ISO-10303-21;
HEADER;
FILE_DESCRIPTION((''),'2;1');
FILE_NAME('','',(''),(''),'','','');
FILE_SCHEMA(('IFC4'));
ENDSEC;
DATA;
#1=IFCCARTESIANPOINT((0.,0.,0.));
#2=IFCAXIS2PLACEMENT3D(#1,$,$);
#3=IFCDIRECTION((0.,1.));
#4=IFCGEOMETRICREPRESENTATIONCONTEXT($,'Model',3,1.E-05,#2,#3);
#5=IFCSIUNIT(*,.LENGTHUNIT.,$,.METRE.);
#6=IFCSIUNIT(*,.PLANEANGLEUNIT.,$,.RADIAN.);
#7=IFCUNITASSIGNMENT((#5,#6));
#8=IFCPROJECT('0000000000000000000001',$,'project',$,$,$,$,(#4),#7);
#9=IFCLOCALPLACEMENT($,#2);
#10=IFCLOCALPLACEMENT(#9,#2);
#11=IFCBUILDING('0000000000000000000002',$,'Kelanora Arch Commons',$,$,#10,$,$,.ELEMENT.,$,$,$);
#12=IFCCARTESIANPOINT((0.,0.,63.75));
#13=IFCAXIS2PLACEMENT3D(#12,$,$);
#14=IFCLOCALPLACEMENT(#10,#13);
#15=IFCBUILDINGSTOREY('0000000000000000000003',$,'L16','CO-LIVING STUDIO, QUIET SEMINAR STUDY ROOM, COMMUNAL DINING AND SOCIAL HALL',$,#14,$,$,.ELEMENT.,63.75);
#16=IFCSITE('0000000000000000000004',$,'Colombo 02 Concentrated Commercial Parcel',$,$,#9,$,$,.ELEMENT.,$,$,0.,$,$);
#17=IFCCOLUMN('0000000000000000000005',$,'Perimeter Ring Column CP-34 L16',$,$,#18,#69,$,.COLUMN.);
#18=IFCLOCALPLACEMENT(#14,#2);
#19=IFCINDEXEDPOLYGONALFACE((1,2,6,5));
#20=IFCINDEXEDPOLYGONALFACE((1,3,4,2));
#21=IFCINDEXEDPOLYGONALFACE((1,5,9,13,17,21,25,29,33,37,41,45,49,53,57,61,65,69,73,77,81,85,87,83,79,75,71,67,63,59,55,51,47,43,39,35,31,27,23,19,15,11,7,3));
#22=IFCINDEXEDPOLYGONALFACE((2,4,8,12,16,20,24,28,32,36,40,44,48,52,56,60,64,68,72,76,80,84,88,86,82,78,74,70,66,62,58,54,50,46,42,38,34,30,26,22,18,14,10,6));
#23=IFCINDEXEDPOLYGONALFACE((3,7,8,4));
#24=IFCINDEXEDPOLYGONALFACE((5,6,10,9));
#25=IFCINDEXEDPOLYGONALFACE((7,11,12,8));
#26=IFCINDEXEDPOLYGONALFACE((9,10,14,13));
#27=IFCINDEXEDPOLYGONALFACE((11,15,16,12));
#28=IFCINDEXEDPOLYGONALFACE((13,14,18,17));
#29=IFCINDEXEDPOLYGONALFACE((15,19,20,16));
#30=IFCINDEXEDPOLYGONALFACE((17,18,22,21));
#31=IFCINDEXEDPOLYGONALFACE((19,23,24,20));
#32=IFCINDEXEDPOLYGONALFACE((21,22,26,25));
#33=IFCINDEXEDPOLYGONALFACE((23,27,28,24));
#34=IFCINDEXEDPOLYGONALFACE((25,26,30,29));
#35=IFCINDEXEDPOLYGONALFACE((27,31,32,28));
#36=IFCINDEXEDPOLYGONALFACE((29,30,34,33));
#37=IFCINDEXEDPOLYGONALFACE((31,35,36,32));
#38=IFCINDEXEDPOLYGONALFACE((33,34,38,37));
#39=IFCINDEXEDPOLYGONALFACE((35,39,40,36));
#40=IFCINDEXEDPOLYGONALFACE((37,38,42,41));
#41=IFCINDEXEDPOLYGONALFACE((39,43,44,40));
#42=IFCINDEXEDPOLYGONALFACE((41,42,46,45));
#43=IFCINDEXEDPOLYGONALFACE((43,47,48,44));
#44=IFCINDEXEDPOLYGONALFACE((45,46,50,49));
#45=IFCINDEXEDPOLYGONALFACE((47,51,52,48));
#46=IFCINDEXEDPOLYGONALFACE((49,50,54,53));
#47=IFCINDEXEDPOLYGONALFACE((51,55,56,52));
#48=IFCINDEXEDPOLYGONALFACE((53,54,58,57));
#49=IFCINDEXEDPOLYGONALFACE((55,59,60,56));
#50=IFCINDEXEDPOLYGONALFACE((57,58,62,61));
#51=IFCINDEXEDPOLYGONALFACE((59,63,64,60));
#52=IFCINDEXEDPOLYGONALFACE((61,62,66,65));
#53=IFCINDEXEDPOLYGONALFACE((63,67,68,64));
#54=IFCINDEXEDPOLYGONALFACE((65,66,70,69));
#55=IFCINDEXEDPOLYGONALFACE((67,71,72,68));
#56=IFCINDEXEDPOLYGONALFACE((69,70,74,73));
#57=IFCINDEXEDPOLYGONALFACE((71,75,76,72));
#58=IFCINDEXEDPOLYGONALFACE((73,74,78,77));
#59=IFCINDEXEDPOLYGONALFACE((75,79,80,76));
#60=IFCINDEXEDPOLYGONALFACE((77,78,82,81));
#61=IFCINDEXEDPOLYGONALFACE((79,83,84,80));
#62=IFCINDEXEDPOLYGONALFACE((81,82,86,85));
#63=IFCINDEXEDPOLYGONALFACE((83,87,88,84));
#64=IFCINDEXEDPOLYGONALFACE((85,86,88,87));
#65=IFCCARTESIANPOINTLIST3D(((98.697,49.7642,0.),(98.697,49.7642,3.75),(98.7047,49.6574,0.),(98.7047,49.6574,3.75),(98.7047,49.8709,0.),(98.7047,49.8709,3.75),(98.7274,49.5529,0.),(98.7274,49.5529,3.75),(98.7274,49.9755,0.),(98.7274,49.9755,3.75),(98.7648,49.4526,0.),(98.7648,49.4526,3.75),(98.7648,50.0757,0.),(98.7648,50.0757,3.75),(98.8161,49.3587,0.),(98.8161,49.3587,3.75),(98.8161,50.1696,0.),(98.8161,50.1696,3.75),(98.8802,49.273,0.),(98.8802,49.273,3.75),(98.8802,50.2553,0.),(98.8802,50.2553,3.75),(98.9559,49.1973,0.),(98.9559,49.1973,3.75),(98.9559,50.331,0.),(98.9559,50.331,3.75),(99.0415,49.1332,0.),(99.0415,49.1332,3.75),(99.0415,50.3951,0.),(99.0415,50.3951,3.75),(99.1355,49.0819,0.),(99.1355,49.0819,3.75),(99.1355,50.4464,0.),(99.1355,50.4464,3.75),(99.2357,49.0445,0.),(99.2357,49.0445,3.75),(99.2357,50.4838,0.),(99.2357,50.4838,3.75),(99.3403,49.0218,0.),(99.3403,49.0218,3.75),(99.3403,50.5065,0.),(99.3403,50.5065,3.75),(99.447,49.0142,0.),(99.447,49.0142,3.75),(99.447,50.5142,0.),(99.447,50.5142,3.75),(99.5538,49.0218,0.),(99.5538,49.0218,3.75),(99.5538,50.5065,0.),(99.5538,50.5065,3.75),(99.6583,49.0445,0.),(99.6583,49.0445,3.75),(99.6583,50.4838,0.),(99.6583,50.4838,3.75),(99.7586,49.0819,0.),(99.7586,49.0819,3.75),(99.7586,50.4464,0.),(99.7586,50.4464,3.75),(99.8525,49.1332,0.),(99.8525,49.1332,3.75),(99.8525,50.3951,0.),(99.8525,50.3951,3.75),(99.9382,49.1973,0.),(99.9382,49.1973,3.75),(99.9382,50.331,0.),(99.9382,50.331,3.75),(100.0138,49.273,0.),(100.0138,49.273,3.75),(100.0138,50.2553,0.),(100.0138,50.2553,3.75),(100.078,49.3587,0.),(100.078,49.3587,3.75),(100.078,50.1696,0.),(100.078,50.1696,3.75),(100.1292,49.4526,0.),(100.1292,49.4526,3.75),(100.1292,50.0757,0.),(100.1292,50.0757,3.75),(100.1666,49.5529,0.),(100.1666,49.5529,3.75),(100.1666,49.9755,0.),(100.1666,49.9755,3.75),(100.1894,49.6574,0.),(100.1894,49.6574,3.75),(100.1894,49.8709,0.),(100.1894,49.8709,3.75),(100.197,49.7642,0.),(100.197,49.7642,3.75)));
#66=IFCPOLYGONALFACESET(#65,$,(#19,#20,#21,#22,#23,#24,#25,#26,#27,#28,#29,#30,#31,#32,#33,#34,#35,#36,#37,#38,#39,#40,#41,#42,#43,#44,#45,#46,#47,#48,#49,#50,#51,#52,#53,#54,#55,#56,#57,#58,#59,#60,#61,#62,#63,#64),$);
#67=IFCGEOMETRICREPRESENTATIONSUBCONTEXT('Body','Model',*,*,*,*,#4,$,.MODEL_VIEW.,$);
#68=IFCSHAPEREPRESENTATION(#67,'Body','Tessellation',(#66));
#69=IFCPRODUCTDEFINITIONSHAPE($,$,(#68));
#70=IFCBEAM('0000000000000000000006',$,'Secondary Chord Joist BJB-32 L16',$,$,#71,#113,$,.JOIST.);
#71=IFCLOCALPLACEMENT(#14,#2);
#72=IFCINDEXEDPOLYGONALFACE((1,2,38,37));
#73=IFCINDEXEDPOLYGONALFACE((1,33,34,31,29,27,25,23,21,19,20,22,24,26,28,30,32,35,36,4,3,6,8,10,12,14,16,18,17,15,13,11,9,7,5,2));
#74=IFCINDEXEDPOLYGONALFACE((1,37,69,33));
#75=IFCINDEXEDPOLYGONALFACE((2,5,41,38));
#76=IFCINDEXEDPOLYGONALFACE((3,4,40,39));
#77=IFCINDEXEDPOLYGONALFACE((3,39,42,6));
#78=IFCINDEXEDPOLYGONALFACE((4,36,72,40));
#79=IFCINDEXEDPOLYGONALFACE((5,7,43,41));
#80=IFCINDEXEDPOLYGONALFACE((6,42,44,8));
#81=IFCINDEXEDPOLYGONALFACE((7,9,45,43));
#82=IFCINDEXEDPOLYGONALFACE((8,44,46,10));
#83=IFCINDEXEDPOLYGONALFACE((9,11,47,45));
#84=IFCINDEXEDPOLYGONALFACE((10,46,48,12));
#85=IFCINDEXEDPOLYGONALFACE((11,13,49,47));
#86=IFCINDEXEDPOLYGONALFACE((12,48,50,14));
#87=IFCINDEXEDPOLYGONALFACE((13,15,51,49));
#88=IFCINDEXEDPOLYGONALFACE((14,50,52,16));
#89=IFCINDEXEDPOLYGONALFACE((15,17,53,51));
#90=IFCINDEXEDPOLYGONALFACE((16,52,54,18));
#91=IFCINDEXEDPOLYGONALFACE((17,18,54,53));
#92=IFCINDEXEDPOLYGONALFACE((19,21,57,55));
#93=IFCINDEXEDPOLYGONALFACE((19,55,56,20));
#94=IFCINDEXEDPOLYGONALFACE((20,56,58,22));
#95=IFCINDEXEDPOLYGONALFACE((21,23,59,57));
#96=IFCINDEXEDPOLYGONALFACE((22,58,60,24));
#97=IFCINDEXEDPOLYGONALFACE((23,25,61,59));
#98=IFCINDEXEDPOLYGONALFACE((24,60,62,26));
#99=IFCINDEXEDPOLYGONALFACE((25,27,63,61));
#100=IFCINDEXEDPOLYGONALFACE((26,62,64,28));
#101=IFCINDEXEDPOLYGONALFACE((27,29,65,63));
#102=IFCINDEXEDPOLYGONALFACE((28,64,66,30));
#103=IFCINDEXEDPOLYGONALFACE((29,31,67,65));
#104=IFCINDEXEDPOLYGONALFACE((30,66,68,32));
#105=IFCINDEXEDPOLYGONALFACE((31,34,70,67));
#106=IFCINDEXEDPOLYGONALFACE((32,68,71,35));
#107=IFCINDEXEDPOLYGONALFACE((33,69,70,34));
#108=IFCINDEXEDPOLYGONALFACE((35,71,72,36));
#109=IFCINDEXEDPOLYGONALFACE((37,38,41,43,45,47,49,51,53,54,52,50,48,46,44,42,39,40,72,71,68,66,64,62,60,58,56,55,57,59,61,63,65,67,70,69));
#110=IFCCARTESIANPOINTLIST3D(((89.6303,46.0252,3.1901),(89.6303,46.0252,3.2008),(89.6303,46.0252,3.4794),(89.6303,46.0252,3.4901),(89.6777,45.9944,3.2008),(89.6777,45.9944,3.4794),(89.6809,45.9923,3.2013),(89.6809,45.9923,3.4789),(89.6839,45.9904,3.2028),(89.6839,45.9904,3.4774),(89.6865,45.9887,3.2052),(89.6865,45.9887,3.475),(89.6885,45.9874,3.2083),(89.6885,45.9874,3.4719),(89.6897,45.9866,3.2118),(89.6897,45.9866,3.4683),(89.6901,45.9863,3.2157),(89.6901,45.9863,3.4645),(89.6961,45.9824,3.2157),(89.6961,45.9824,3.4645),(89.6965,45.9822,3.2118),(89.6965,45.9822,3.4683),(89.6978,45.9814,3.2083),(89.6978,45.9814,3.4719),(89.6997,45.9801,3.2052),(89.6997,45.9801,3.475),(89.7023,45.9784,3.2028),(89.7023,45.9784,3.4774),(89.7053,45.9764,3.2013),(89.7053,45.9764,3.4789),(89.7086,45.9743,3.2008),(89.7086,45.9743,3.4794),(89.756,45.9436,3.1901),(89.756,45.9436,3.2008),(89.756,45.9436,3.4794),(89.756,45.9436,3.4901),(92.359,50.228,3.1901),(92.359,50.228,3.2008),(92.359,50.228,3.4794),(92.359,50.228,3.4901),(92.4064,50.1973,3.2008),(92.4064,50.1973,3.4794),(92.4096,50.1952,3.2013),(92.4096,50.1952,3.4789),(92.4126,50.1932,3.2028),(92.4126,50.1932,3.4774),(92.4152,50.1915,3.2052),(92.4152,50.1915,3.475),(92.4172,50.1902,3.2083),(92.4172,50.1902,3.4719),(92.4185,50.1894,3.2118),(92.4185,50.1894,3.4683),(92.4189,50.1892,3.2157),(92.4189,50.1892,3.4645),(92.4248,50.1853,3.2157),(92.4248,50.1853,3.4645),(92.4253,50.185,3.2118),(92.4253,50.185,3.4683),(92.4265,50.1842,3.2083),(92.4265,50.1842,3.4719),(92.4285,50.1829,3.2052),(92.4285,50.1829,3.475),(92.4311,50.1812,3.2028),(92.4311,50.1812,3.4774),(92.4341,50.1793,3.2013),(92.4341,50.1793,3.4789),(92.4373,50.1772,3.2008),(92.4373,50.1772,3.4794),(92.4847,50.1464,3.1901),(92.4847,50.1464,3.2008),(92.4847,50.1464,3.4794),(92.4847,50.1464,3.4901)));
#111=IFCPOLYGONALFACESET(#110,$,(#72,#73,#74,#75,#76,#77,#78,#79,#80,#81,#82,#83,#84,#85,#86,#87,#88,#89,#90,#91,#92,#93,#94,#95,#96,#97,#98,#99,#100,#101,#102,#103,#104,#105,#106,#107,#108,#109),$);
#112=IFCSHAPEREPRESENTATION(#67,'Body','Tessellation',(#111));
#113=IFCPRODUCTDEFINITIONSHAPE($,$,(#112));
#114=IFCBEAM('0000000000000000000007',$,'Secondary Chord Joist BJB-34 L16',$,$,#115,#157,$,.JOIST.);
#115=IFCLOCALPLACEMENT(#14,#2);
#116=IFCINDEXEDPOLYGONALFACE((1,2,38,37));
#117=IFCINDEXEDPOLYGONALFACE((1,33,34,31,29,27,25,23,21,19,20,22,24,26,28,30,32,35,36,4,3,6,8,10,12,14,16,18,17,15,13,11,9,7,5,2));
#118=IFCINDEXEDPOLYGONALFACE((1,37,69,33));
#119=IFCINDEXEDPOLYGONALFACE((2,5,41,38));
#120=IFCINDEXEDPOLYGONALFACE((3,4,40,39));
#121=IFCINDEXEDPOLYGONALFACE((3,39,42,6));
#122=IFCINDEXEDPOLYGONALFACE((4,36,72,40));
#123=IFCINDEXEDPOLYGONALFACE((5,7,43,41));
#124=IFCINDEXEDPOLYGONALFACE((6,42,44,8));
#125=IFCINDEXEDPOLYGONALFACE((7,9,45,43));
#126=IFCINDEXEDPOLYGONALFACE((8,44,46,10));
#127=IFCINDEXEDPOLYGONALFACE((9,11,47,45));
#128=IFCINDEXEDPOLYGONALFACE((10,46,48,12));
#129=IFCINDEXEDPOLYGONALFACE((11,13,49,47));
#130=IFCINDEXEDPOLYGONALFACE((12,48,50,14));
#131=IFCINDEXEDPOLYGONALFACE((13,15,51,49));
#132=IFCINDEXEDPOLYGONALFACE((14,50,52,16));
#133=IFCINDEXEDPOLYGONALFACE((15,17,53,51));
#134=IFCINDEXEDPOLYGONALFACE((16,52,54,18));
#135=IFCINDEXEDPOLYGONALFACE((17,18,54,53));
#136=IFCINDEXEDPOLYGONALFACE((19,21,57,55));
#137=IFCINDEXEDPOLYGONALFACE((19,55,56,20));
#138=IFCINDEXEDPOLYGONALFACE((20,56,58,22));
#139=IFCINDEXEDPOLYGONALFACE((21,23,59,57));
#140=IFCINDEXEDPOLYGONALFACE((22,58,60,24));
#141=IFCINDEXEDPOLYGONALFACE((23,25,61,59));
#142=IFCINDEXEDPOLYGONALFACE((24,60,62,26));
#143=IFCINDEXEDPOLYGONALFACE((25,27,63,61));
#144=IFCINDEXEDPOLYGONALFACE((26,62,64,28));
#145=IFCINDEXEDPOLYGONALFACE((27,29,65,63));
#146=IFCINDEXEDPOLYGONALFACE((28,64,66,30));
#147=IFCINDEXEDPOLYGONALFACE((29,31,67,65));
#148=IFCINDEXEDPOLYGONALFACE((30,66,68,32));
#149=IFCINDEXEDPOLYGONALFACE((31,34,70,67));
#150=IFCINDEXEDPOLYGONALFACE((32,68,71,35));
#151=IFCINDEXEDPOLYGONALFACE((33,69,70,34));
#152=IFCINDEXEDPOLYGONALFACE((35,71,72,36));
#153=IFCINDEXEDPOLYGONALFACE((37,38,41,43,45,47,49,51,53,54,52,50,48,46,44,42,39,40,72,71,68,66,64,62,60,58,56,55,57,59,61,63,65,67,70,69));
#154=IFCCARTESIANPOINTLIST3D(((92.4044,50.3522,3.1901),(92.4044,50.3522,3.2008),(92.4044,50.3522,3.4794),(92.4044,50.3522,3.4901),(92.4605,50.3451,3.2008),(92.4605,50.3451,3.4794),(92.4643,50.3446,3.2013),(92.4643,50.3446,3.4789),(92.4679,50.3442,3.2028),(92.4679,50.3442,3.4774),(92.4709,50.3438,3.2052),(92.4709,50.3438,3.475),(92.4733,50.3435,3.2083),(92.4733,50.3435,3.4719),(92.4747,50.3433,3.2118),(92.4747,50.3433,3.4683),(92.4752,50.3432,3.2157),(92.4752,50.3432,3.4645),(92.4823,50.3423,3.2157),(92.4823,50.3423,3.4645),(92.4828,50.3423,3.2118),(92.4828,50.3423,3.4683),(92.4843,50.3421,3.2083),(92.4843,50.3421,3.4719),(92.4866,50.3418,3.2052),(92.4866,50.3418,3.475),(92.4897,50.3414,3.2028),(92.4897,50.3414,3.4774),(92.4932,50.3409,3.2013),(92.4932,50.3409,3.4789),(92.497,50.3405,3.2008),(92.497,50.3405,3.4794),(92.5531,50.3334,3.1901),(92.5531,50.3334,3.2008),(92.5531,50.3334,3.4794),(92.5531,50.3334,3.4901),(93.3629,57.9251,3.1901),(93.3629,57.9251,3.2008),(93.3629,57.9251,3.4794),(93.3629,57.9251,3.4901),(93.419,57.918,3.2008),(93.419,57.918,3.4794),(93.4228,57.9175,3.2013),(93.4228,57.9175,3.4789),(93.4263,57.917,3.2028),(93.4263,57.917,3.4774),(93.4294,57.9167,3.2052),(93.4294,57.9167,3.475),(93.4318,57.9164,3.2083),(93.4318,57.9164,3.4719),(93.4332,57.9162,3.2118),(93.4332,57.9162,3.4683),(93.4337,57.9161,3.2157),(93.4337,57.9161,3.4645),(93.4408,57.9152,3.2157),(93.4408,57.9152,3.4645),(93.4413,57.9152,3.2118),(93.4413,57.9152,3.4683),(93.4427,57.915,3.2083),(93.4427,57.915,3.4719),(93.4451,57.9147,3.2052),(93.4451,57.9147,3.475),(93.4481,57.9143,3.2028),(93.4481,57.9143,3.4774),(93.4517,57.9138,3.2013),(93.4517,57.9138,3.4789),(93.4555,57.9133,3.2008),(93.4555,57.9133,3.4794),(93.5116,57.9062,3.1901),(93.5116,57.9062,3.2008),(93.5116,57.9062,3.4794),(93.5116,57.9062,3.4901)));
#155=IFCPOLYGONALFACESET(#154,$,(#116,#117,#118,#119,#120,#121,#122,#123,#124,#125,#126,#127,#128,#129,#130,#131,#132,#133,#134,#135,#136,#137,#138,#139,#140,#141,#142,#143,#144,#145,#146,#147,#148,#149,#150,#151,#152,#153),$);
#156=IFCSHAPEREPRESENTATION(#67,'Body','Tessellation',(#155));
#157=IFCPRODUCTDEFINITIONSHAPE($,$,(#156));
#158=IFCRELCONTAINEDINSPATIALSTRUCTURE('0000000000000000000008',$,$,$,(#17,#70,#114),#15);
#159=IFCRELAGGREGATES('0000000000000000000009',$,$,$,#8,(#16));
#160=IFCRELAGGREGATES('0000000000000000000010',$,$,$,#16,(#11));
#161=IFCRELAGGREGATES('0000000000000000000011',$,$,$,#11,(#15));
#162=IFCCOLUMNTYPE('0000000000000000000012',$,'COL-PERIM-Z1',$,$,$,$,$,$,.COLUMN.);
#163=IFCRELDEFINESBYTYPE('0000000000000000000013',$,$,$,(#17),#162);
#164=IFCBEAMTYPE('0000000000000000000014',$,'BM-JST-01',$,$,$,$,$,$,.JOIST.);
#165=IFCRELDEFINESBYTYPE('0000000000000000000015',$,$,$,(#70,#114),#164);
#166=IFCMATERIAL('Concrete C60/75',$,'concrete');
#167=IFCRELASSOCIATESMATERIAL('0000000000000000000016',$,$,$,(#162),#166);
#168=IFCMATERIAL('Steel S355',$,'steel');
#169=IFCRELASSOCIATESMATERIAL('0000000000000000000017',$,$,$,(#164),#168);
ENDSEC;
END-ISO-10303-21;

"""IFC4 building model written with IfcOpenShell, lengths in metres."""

from ifc_helpers import new_model, si_unit, direction, frame, origin, origin_2d, place, context, subcontext, project, spatial, circle, i_section, extrude, material, material_profile, profile_set, type_object, element, save


model = new_model("IFC4")

# Units and contexts
model_context = context("Model", 3, precision=1e-05, world=origin(), true_north=direction((0.0, 1.0)))
body_context = subcontext(model_context, "Body", "Model", "MODEL_VIEW")
ifc_project = project(units=[si_unit("LENGTHUNIT", "METRE"), si_unit("PLANEANGLEUNIT", "RADIAN")], contexts=[model_context])

# Site, building, storey
site_placement = place(None, origin())
site = spatial("IfcSite", under=ifc_project, at=site_placement, Name="Colombo 02 Concentrated Commercial Parcel", CompositionType="ELEMENT", RefElevation=0.0)
building_placement = place(site_placement, origin())
building = spatial("IfcBuilding", under=site, at=building_placement, Name="Kelanora Arch Commons", CompositionType="ELEMENT")
storey_placement = place(building_placement, frame((0.0, 0.0, 63.75)))
storey = spatial("IfcBuildingStorey", under=building, at=storey_placement, Name="L16", Description="CO-LIVING STUDIO, QUIET SEMINAR STUDY ROOM, COMMUNAL DINING AND SOCIAL HALL", CompositionType="ELEMENT", Elevation=63.75)

# Column
ifc_material_1 = material(Name="Concrete C60/75", Category="concrete")
ifc_material_profile_1 = material_profile(ifc_material_1, circle(Radius=0.75, at=origin_2d()), Name="RCC1500")
ifc_profile_set_1 = profile_set([ifc_material_profile_1], Name="Concrete C60/75")
column_type = type_object("IfcColumnType", Name="COL-PERIM-Z1", PredefinedType="COLUMN", material=ifc_profile_set_1)
column_placement = place(storey_placement, frame((99.447, 49.7642, 0.0), z_axis=(0.0, 0.0, 1.0), x_axis=(1.0, 0.0, 0.0)))
element("IfcColumn", 1, at=column_placement, inside=storey, type_object=column_type, Name="Perimeter Ring Column CP-34 L16", PredefinedType="COLUMN", context=body_context, shape_type="SweptSolid", body=[
    extrude(circle(Radius=0.75, at=origin_2d()), origin(), (0.0, 0.0, 1.0), 3.75),
])

# Beams
ifc_material_2 = material(Name="Steel S355", Category="steel")
ifc_material_profile_2 = material_profile(ifc_material_2, i_section(OverallWidth=0.1499, OverallDepth=0.3, WebThickness=0.0071, FlangeThickness=0.0107, FilletRadius=0.0149, at=origin_2d()), Name="IPE300")
ifc_profile_set_2 = profile_set([ifc_material_profile_2], Name="Steel S355")
beam_type_1 = type_object("IfcBeamType", Name="BM-JST-01", PredefinedType="JOIST", material=ifc_profile_set_2)
beam_1_placement = place(storey_placement, frame((89.6931, 45.9844, 3.3401), z_axis=(0.544552, 0.838727, 0.0), x_axis=(-0.838727, 0.544552, 0.0)))
element("IfcBeam", 2, at=beam_1_placement, inside=storey, type_object=beam_type_1, Name="Secondary Chord Joist BJB-32 L16", PredefinedType="JOIST", context=body_context, shape_type="SweptSolid", body=[
    extrude(i_section(OverallWidth=0.1499, OverallDepth=0.3, WebThickness=0.0071, FlangeThickness=0.0107, FilletRadius=0.0149, at=origin_2d()), origin(), (0.0, 0.0, 1.0), 5.011),
])
beam_2_placement = place(storey_placement, frame((92.4788, 50.3428, 3.3401), z_axis=(0.125566, 0.992085, 0.0), x_axis=(-0.992085, 0.125566, 0.0)))
element("IfcBeam", 3, at=beam_2_placement, inside=storey, type_object=beam_type_1, Name="Secondary Chord Joist BJB-34 L16", PredefinedType="JOIST", context=body_context, shape_type="SweptSolid", body=[
    extrude(i_section(OverallWidth=0.1499, OverallDepth=0.3, WebThickness=0.0071, FlangeThickness=0.0107, FilletRadius=0.0149, at=origin_2d()), origin(), (0.0, 0.0, 1.0), 7.6333),
])

save(model, "model.ifc")
